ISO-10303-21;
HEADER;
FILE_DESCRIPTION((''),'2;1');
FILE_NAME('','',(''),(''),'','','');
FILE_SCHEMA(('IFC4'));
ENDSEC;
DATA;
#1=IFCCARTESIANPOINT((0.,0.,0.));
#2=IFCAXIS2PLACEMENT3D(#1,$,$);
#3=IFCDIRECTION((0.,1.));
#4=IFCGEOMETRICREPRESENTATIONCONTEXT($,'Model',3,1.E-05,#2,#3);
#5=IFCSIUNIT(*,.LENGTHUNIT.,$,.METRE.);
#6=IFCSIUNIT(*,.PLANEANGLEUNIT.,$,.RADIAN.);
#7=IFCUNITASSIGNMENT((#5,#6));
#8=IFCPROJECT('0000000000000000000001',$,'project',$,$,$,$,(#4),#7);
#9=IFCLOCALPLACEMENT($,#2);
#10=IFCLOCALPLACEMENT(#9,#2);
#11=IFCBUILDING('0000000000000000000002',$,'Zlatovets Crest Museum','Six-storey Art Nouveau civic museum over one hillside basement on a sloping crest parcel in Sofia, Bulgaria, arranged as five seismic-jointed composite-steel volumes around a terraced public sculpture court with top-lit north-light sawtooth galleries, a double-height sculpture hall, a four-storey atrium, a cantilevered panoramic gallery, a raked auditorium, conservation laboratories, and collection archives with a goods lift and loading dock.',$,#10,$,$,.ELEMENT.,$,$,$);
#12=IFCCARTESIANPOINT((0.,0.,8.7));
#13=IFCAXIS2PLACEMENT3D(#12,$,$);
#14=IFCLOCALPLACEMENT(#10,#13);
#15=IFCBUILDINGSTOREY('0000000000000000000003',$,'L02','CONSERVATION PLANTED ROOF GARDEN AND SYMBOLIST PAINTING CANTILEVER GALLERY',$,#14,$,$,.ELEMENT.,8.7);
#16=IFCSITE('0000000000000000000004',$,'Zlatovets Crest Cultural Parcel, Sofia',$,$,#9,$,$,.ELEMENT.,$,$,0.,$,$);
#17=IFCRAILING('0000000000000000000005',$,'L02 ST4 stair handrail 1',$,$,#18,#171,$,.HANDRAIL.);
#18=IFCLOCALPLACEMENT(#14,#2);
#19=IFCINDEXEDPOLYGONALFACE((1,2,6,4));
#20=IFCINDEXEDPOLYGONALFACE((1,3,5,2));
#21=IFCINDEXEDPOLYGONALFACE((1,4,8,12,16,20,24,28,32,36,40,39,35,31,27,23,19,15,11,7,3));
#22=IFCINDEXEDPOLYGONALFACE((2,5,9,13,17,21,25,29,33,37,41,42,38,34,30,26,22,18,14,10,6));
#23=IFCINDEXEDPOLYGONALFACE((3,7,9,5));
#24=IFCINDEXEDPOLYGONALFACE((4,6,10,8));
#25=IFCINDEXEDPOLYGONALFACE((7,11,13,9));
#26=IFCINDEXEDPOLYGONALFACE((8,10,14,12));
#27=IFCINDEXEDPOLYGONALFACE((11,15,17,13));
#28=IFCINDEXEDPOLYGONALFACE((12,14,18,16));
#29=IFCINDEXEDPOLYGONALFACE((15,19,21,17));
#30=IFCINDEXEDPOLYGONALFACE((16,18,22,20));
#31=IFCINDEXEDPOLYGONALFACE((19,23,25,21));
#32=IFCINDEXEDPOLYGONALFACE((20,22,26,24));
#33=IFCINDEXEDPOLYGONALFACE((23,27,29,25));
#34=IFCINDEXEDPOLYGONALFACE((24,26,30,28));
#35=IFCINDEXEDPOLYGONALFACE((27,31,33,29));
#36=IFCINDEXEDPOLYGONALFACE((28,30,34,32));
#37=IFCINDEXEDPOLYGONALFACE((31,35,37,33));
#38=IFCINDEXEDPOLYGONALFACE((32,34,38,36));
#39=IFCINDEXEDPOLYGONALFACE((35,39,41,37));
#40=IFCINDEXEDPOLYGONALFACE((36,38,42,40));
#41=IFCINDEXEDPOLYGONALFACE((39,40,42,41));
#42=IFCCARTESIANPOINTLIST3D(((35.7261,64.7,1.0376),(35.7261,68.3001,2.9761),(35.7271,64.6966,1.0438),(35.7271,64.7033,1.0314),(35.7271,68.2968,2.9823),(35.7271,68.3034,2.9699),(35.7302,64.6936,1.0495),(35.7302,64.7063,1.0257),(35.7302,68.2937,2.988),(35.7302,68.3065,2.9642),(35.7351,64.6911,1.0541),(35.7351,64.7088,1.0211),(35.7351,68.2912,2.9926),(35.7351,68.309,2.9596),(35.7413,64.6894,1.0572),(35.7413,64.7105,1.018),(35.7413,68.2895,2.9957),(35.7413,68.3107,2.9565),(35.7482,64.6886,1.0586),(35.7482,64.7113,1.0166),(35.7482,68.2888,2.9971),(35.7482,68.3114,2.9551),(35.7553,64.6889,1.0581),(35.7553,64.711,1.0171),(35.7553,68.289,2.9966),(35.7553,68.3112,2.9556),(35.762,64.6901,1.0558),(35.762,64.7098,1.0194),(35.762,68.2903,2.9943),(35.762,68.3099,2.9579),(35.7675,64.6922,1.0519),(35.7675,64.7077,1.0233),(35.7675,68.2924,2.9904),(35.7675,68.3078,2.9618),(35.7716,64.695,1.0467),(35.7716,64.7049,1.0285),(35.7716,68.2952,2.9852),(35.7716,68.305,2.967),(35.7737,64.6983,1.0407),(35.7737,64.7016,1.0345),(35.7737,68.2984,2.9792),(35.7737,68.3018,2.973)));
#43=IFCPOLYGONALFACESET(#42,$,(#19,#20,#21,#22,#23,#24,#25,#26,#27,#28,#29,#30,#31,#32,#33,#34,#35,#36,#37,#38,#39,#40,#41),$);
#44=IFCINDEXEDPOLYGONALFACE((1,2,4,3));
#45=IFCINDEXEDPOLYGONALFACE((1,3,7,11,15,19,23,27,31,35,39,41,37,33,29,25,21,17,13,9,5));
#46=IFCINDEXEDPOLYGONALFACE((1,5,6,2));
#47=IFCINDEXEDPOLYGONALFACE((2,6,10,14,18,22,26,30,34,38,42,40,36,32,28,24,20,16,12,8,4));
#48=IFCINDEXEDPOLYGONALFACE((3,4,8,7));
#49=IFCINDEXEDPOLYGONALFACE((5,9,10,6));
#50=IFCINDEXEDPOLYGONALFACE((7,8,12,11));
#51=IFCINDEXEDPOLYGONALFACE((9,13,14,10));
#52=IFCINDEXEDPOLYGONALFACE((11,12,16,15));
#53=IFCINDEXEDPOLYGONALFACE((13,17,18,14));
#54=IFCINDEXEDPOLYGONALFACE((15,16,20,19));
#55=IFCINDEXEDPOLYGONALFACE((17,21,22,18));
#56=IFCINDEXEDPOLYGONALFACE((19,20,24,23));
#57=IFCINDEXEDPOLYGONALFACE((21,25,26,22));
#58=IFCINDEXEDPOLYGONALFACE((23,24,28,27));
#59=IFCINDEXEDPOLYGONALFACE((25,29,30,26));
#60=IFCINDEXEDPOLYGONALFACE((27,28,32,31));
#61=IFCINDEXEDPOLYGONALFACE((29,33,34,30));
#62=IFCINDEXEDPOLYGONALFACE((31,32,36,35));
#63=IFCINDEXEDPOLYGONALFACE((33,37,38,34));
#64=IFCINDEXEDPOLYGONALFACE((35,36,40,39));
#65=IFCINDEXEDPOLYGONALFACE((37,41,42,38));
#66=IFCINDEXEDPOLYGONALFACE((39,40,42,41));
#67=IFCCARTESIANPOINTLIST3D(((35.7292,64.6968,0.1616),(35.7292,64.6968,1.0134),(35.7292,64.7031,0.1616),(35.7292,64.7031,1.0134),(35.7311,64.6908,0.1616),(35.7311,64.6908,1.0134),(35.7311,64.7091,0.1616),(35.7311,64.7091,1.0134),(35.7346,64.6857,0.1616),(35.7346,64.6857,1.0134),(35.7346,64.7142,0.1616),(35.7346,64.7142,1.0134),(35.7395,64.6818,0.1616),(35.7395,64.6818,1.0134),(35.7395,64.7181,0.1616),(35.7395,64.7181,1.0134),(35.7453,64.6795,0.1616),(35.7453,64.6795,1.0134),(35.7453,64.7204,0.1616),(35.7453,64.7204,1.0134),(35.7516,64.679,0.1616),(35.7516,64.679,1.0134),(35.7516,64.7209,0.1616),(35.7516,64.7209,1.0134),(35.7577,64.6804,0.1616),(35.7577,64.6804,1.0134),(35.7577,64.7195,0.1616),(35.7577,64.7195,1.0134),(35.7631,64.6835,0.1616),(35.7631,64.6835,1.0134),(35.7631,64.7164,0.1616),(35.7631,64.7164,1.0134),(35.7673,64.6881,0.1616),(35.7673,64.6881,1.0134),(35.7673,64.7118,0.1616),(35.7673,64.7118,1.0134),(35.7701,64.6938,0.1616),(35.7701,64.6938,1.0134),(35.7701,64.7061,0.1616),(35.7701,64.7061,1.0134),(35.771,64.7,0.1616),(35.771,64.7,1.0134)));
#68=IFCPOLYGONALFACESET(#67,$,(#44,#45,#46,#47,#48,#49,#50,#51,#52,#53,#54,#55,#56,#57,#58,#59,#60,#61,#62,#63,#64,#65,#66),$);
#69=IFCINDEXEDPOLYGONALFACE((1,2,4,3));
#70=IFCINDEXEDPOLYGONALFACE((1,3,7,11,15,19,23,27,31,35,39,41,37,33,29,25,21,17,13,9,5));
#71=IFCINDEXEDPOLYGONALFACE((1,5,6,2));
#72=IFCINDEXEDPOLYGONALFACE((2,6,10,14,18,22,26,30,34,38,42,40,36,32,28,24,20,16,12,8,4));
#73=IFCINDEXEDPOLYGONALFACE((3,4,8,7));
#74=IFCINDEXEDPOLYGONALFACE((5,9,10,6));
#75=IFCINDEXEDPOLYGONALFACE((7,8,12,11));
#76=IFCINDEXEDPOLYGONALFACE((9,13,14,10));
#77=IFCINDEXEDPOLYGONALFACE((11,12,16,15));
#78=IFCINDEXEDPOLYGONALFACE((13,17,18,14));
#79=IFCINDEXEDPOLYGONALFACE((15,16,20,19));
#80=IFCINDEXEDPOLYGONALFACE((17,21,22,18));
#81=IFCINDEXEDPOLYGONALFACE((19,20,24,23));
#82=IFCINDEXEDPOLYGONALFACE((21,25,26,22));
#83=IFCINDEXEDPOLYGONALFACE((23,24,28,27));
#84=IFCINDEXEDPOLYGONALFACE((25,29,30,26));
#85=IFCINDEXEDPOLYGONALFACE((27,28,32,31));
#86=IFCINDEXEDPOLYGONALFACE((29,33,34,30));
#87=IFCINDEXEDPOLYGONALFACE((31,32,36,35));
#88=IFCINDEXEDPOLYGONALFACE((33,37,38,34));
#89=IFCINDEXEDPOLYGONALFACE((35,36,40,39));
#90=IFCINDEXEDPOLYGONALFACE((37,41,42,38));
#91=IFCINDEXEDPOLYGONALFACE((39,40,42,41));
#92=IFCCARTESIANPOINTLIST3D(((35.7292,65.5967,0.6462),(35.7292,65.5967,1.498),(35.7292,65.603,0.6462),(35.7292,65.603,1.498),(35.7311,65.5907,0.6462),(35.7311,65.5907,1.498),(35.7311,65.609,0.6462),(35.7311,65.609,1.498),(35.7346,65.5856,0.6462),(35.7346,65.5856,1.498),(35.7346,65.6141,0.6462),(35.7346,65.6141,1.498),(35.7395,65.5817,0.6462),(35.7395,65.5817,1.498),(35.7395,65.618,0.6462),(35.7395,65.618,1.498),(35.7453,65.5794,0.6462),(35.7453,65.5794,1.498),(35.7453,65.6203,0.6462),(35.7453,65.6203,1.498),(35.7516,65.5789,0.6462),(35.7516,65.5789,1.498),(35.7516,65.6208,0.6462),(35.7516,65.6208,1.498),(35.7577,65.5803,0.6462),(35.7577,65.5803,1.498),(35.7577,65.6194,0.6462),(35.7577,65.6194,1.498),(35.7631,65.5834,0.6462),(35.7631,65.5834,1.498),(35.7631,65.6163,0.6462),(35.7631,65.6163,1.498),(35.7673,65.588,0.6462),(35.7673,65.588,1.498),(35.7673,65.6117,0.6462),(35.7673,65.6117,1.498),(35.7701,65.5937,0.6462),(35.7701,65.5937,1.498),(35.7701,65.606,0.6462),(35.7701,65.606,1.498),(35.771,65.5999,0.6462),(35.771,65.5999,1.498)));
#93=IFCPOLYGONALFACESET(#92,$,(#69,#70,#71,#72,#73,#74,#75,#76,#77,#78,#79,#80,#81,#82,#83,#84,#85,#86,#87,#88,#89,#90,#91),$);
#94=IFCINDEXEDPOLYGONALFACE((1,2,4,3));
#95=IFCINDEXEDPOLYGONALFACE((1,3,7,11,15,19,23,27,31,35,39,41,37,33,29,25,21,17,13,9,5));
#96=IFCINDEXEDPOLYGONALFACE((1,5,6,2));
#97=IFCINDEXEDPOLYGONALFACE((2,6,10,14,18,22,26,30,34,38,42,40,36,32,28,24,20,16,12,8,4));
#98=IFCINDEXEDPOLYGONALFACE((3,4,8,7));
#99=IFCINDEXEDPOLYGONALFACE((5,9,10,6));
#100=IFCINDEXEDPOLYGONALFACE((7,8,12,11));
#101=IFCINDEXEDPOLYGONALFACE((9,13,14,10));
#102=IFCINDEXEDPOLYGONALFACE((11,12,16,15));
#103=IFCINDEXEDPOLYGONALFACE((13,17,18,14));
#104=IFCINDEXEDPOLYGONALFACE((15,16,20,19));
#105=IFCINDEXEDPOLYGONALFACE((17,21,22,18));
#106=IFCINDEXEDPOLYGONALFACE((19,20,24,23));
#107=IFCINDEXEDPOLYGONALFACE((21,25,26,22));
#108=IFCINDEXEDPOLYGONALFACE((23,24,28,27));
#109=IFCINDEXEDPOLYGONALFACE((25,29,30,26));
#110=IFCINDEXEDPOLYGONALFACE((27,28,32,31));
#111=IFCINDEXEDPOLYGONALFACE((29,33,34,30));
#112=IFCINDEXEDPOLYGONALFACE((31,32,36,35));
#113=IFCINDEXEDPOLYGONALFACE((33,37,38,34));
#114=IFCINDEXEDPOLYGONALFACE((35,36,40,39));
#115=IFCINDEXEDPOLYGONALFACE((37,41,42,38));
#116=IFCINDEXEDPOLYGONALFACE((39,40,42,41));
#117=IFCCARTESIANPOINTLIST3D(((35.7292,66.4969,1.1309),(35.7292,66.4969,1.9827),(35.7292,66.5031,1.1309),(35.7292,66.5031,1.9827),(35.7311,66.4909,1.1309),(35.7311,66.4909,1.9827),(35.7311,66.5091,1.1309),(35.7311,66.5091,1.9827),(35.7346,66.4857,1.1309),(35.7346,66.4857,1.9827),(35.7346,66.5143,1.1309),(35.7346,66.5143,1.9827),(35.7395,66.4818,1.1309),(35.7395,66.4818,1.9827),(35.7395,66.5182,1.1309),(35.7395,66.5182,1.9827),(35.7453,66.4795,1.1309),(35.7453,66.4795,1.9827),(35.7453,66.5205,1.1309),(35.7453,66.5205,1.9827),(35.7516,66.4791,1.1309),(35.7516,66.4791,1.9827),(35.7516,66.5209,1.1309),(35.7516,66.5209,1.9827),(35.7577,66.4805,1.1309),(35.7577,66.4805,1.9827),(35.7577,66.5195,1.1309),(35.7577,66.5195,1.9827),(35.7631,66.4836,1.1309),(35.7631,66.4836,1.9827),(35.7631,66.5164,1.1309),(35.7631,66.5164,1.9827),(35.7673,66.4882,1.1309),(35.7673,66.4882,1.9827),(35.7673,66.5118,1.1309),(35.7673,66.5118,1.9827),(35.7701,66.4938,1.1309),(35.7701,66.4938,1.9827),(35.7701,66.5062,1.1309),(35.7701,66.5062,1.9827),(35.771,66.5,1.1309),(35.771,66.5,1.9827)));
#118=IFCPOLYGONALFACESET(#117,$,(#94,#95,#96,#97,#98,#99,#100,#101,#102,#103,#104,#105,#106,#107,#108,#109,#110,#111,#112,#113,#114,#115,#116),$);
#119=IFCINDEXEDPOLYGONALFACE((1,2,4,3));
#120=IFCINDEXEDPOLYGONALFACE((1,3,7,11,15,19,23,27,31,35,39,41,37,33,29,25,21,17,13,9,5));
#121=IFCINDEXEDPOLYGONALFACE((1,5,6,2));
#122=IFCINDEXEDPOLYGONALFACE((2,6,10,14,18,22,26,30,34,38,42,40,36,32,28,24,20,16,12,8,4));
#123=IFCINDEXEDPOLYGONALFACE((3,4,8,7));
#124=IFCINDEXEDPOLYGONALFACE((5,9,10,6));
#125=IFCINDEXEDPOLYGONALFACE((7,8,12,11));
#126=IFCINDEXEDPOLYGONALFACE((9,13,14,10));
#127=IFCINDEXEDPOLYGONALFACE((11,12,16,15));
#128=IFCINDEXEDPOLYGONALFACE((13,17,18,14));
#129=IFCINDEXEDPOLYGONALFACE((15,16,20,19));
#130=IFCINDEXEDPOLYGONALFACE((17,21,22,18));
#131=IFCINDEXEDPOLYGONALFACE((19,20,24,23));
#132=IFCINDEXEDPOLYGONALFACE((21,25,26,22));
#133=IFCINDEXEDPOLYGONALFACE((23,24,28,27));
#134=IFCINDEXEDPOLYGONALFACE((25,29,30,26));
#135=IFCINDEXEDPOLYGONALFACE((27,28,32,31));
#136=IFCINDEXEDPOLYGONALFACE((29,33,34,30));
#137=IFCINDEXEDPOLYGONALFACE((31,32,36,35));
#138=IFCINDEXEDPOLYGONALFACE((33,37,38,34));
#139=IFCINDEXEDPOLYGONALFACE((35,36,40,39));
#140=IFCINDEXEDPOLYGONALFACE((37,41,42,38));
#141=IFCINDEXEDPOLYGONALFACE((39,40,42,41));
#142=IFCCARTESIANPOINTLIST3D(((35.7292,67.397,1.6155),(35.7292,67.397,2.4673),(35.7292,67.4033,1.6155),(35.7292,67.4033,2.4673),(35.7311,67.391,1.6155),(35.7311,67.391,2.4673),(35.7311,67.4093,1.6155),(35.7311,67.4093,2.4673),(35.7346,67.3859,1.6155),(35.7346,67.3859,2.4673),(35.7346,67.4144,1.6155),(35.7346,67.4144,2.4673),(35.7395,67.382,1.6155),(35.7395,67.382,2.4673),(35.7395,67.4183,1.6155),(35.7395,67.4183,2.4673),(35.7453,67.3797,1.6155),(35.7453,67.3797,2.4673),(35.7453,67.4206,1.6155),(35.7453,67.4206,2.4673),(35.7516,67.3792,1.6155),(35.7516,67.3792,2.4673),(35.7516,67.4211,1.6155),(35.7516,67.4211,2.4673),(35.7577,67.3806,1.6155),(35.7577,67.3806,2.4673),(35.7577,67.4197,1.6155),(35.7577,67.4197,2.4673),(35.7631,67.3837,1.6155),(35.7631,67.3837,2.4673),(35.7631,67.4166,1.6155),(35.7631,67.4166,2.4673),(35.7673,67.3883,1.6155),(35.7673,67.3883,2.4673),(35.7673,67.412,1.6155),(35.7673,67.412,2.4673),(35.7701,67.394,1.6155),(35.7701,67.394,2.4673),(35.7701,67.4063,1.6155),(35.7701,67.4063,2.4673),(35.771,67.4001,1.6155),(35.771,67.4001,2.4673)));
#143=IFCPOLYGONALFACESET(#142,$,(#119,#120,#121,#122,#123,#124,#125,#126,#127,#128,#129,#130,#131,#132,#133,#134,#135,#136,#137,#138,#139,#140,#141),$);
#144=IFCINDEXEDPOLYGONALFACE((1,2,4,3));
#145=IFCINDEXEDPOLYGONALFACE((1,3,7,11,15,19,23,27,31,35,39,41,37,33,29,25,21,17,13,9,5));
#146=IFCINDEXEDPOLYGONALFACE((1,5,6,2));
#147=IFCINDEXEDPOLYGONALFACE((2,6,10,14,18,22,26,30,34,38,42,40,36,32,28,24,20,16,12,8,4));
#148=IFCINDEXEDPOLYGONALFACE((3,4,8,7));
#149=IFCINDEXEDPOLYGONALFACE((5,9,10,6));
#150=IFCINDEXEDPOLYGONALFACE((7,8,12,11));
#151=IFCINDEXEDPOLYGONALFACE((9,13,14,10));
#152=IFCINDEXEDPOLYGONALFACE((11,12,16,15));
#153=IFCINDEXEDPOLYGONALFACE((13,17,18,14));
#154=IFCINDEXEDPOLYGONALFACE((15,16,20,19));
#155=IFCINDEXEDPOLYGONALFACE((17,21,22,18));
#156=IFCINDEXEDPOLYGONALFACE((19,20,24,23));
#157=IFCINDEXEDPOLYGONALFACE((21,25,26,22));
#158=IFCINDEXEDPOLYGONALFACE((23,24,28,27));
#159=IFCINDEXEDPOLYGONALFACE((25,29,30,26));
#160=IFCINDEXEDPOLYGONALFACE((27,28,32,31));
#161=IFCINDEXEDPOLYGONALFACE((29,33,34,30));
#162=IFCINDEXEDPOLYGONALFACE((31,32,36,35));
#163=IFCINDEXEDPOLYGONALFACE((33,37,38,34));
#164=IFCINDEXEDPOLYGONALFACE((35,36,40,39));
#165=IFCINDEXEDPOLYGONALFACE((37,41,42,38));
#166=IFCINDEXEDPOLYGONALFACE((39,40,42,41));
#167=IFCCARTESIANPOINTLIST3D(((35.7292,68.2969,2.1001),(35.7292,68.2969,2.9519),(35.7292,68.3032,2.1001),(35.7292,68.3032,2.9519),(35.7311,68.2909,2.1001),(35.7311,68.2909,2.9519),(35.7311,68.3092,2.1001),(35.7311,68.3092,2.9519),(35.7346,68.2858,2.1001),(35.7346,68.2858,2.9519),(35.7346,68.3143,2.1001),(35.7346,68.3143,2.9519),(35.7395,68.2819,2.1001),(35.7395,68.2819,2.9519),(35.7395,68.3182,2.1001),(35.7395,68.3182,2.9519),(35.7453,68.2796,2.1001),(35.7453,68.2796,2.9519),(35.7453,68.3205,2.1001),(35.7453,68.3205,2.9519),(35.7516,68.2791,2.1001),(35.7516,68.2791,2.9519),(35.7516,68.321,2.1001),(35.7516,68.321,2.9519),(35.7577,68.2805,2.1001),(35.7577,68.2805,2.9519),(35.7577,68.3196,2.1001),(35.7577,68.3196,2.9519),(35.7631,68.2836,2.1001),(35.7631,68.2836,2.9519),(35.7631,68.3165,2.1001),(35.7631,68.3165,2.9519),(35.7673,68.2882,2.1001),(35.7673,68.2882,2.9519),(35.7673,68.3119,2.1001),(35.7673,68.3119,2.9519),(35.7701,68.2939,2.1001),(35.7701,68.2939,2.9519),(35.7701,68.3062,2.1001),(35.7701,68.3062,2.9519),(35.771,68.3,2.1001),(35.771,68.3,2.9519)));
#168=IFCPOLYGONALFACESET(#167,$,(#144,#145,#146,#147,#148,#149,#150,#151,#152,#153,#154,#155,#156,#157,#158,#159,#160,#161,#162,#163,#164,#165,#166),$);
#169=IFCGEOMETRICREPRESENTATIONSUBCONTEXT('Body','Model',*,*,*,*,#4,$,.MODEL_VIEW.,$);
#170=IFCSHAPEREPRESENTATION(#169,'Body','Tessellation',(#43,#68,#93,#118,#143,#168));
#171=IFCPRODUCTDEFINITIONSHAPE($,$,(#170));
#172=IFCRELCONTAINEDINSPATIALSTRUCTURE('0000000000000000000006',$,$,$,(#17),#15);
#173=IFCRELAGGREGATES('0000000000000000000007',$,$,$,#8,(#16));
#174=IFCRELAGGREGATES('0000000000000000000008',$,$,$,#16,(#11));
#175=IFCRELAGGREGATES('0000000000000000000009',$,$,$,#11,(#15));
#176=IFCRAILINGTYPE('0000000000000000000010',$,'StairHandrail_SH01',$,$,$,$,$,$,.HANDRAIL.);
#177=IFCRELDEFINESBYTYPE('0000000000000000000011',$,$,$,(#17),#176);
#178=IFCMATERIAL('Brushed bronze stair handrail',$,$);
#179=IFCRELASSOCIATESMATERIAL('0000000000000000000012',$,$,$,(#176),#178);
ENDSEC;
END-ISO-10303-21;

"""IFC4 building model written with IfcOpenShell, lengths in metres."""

from ifc_helpers import new_model, si_unit, direction, frame, origin, origin_2d, place, context, subcontext, project, spatial, circle, extrude, material, type_object, element, save


model = new_model("IFC4")

# Units and contexts
model_context = context("Model", 3, precision=1e-05, world=origin(), true_north=direction((0.0, 1.0)))
body_context = subcontext(model_context, "Body", "Model", "MODEL_VIEW")
ifc_project = project(units=[si_unit("LENGTHUNIT", "METRE"), si_unit("PLANEANGLEUNIT", "RADIAN")], contexts=[model_context])

# Site, building, storey
site_placement = place(None, origin())
site = spatial("IfcSite", under=ifc_project, at=site_placement, Name="Zlatovets Crest Cultural Parcel, Sofia", CompositionType="ELEMENT", RefElevation=0.0)
building_placement = place(site_placement, origin())
building = spatial("IfcBuilding", under=site, at=building_placement, Name="Zlatovets Crest Museum", Description="Six-storey Art Nouveau civic museum over one hillside basement on a sloping crest parcel in Sofia, Bulgaria, arranged as five seismic-jointed composite-steel volumes around a terraced public sculpture court with top-lit north-light sawtooth galleries, a double-height sculpture hall, a four-storey atrium, a cantilevered panoramic gallery, a raked auditorium, conservation laboratories, and collection archives with a goods lift and loading dock.", CompositionType="ELEMENT")
storey_placement = place(building_placement, frame((0.0, 0.0, 8.7)))
storey = spatial("IfcBuildingStorey", under=building, at=storey_placement, Name="L02", Description="CONSERVATION PLANTED ROOF GARDEN AND SYMBOLIST PAINTING CANTILEVER GALLERY", CompositionType="ELEMENT", Elevation=8.7)

# Railing
ifc_material_1 = material(Name="Brushed bronze stair handrail")
railing_type_1 = type_object("IfcRailingType", Name="StairHandrail_SH01", PredefinedType="HANDRAIL", material=ifc_material_1)
railing_1_placement = place(storey_placement, frame((35.75, 64.7, 0.1616)))
element("IfcRailing", 1, at=railing_1_placement, inside=storey, type_object=railing_type_1, Name="L02 ST4 stair handrail 1", PredefinedType="HANDRAIL", context=body_context, shape_type="SweptSolid", body=[
    extrude(circle(Radius=0.0239, at=origin_2d()), frame((0.0, 0.0, 0.876), z_axis=(0.0, 0.880475, 0.474093), x_axis=(-1.0, 0.0, 0.0)), (0.0, 0.0, 1.0), 4.0889),
    extrude(circle(Radius=0.021, at=origin_2d()), origin(), (0.0, 0.0, 1.0), 0.8518),
    extrude(circle(Radius=0.021, at=origin_2d()), frame((0.0, 0.8999, 0.4846)), (0.0, 0.0, 1.0), 0.8518),
    extrude(circle(Radius=0.021, at=origin_2d()), frame((0.0, 1.8, 0.9692)), (0.0, 0.0, 1.0), 0.8518),
    extrude(circle(Radius=0.021, at=origin_2d()), frame((0.0, 2.7002, 1.4539)), (0.0, 0.0, 1.0), 0.8518),
    extrude(circle(Radius=0.021, at=origin_2d()), frame((0.0, 3.6001, 1.9385)), (0.0, 0.0, 1.0), 0.8518),
])

save(model, "model.ifc")
